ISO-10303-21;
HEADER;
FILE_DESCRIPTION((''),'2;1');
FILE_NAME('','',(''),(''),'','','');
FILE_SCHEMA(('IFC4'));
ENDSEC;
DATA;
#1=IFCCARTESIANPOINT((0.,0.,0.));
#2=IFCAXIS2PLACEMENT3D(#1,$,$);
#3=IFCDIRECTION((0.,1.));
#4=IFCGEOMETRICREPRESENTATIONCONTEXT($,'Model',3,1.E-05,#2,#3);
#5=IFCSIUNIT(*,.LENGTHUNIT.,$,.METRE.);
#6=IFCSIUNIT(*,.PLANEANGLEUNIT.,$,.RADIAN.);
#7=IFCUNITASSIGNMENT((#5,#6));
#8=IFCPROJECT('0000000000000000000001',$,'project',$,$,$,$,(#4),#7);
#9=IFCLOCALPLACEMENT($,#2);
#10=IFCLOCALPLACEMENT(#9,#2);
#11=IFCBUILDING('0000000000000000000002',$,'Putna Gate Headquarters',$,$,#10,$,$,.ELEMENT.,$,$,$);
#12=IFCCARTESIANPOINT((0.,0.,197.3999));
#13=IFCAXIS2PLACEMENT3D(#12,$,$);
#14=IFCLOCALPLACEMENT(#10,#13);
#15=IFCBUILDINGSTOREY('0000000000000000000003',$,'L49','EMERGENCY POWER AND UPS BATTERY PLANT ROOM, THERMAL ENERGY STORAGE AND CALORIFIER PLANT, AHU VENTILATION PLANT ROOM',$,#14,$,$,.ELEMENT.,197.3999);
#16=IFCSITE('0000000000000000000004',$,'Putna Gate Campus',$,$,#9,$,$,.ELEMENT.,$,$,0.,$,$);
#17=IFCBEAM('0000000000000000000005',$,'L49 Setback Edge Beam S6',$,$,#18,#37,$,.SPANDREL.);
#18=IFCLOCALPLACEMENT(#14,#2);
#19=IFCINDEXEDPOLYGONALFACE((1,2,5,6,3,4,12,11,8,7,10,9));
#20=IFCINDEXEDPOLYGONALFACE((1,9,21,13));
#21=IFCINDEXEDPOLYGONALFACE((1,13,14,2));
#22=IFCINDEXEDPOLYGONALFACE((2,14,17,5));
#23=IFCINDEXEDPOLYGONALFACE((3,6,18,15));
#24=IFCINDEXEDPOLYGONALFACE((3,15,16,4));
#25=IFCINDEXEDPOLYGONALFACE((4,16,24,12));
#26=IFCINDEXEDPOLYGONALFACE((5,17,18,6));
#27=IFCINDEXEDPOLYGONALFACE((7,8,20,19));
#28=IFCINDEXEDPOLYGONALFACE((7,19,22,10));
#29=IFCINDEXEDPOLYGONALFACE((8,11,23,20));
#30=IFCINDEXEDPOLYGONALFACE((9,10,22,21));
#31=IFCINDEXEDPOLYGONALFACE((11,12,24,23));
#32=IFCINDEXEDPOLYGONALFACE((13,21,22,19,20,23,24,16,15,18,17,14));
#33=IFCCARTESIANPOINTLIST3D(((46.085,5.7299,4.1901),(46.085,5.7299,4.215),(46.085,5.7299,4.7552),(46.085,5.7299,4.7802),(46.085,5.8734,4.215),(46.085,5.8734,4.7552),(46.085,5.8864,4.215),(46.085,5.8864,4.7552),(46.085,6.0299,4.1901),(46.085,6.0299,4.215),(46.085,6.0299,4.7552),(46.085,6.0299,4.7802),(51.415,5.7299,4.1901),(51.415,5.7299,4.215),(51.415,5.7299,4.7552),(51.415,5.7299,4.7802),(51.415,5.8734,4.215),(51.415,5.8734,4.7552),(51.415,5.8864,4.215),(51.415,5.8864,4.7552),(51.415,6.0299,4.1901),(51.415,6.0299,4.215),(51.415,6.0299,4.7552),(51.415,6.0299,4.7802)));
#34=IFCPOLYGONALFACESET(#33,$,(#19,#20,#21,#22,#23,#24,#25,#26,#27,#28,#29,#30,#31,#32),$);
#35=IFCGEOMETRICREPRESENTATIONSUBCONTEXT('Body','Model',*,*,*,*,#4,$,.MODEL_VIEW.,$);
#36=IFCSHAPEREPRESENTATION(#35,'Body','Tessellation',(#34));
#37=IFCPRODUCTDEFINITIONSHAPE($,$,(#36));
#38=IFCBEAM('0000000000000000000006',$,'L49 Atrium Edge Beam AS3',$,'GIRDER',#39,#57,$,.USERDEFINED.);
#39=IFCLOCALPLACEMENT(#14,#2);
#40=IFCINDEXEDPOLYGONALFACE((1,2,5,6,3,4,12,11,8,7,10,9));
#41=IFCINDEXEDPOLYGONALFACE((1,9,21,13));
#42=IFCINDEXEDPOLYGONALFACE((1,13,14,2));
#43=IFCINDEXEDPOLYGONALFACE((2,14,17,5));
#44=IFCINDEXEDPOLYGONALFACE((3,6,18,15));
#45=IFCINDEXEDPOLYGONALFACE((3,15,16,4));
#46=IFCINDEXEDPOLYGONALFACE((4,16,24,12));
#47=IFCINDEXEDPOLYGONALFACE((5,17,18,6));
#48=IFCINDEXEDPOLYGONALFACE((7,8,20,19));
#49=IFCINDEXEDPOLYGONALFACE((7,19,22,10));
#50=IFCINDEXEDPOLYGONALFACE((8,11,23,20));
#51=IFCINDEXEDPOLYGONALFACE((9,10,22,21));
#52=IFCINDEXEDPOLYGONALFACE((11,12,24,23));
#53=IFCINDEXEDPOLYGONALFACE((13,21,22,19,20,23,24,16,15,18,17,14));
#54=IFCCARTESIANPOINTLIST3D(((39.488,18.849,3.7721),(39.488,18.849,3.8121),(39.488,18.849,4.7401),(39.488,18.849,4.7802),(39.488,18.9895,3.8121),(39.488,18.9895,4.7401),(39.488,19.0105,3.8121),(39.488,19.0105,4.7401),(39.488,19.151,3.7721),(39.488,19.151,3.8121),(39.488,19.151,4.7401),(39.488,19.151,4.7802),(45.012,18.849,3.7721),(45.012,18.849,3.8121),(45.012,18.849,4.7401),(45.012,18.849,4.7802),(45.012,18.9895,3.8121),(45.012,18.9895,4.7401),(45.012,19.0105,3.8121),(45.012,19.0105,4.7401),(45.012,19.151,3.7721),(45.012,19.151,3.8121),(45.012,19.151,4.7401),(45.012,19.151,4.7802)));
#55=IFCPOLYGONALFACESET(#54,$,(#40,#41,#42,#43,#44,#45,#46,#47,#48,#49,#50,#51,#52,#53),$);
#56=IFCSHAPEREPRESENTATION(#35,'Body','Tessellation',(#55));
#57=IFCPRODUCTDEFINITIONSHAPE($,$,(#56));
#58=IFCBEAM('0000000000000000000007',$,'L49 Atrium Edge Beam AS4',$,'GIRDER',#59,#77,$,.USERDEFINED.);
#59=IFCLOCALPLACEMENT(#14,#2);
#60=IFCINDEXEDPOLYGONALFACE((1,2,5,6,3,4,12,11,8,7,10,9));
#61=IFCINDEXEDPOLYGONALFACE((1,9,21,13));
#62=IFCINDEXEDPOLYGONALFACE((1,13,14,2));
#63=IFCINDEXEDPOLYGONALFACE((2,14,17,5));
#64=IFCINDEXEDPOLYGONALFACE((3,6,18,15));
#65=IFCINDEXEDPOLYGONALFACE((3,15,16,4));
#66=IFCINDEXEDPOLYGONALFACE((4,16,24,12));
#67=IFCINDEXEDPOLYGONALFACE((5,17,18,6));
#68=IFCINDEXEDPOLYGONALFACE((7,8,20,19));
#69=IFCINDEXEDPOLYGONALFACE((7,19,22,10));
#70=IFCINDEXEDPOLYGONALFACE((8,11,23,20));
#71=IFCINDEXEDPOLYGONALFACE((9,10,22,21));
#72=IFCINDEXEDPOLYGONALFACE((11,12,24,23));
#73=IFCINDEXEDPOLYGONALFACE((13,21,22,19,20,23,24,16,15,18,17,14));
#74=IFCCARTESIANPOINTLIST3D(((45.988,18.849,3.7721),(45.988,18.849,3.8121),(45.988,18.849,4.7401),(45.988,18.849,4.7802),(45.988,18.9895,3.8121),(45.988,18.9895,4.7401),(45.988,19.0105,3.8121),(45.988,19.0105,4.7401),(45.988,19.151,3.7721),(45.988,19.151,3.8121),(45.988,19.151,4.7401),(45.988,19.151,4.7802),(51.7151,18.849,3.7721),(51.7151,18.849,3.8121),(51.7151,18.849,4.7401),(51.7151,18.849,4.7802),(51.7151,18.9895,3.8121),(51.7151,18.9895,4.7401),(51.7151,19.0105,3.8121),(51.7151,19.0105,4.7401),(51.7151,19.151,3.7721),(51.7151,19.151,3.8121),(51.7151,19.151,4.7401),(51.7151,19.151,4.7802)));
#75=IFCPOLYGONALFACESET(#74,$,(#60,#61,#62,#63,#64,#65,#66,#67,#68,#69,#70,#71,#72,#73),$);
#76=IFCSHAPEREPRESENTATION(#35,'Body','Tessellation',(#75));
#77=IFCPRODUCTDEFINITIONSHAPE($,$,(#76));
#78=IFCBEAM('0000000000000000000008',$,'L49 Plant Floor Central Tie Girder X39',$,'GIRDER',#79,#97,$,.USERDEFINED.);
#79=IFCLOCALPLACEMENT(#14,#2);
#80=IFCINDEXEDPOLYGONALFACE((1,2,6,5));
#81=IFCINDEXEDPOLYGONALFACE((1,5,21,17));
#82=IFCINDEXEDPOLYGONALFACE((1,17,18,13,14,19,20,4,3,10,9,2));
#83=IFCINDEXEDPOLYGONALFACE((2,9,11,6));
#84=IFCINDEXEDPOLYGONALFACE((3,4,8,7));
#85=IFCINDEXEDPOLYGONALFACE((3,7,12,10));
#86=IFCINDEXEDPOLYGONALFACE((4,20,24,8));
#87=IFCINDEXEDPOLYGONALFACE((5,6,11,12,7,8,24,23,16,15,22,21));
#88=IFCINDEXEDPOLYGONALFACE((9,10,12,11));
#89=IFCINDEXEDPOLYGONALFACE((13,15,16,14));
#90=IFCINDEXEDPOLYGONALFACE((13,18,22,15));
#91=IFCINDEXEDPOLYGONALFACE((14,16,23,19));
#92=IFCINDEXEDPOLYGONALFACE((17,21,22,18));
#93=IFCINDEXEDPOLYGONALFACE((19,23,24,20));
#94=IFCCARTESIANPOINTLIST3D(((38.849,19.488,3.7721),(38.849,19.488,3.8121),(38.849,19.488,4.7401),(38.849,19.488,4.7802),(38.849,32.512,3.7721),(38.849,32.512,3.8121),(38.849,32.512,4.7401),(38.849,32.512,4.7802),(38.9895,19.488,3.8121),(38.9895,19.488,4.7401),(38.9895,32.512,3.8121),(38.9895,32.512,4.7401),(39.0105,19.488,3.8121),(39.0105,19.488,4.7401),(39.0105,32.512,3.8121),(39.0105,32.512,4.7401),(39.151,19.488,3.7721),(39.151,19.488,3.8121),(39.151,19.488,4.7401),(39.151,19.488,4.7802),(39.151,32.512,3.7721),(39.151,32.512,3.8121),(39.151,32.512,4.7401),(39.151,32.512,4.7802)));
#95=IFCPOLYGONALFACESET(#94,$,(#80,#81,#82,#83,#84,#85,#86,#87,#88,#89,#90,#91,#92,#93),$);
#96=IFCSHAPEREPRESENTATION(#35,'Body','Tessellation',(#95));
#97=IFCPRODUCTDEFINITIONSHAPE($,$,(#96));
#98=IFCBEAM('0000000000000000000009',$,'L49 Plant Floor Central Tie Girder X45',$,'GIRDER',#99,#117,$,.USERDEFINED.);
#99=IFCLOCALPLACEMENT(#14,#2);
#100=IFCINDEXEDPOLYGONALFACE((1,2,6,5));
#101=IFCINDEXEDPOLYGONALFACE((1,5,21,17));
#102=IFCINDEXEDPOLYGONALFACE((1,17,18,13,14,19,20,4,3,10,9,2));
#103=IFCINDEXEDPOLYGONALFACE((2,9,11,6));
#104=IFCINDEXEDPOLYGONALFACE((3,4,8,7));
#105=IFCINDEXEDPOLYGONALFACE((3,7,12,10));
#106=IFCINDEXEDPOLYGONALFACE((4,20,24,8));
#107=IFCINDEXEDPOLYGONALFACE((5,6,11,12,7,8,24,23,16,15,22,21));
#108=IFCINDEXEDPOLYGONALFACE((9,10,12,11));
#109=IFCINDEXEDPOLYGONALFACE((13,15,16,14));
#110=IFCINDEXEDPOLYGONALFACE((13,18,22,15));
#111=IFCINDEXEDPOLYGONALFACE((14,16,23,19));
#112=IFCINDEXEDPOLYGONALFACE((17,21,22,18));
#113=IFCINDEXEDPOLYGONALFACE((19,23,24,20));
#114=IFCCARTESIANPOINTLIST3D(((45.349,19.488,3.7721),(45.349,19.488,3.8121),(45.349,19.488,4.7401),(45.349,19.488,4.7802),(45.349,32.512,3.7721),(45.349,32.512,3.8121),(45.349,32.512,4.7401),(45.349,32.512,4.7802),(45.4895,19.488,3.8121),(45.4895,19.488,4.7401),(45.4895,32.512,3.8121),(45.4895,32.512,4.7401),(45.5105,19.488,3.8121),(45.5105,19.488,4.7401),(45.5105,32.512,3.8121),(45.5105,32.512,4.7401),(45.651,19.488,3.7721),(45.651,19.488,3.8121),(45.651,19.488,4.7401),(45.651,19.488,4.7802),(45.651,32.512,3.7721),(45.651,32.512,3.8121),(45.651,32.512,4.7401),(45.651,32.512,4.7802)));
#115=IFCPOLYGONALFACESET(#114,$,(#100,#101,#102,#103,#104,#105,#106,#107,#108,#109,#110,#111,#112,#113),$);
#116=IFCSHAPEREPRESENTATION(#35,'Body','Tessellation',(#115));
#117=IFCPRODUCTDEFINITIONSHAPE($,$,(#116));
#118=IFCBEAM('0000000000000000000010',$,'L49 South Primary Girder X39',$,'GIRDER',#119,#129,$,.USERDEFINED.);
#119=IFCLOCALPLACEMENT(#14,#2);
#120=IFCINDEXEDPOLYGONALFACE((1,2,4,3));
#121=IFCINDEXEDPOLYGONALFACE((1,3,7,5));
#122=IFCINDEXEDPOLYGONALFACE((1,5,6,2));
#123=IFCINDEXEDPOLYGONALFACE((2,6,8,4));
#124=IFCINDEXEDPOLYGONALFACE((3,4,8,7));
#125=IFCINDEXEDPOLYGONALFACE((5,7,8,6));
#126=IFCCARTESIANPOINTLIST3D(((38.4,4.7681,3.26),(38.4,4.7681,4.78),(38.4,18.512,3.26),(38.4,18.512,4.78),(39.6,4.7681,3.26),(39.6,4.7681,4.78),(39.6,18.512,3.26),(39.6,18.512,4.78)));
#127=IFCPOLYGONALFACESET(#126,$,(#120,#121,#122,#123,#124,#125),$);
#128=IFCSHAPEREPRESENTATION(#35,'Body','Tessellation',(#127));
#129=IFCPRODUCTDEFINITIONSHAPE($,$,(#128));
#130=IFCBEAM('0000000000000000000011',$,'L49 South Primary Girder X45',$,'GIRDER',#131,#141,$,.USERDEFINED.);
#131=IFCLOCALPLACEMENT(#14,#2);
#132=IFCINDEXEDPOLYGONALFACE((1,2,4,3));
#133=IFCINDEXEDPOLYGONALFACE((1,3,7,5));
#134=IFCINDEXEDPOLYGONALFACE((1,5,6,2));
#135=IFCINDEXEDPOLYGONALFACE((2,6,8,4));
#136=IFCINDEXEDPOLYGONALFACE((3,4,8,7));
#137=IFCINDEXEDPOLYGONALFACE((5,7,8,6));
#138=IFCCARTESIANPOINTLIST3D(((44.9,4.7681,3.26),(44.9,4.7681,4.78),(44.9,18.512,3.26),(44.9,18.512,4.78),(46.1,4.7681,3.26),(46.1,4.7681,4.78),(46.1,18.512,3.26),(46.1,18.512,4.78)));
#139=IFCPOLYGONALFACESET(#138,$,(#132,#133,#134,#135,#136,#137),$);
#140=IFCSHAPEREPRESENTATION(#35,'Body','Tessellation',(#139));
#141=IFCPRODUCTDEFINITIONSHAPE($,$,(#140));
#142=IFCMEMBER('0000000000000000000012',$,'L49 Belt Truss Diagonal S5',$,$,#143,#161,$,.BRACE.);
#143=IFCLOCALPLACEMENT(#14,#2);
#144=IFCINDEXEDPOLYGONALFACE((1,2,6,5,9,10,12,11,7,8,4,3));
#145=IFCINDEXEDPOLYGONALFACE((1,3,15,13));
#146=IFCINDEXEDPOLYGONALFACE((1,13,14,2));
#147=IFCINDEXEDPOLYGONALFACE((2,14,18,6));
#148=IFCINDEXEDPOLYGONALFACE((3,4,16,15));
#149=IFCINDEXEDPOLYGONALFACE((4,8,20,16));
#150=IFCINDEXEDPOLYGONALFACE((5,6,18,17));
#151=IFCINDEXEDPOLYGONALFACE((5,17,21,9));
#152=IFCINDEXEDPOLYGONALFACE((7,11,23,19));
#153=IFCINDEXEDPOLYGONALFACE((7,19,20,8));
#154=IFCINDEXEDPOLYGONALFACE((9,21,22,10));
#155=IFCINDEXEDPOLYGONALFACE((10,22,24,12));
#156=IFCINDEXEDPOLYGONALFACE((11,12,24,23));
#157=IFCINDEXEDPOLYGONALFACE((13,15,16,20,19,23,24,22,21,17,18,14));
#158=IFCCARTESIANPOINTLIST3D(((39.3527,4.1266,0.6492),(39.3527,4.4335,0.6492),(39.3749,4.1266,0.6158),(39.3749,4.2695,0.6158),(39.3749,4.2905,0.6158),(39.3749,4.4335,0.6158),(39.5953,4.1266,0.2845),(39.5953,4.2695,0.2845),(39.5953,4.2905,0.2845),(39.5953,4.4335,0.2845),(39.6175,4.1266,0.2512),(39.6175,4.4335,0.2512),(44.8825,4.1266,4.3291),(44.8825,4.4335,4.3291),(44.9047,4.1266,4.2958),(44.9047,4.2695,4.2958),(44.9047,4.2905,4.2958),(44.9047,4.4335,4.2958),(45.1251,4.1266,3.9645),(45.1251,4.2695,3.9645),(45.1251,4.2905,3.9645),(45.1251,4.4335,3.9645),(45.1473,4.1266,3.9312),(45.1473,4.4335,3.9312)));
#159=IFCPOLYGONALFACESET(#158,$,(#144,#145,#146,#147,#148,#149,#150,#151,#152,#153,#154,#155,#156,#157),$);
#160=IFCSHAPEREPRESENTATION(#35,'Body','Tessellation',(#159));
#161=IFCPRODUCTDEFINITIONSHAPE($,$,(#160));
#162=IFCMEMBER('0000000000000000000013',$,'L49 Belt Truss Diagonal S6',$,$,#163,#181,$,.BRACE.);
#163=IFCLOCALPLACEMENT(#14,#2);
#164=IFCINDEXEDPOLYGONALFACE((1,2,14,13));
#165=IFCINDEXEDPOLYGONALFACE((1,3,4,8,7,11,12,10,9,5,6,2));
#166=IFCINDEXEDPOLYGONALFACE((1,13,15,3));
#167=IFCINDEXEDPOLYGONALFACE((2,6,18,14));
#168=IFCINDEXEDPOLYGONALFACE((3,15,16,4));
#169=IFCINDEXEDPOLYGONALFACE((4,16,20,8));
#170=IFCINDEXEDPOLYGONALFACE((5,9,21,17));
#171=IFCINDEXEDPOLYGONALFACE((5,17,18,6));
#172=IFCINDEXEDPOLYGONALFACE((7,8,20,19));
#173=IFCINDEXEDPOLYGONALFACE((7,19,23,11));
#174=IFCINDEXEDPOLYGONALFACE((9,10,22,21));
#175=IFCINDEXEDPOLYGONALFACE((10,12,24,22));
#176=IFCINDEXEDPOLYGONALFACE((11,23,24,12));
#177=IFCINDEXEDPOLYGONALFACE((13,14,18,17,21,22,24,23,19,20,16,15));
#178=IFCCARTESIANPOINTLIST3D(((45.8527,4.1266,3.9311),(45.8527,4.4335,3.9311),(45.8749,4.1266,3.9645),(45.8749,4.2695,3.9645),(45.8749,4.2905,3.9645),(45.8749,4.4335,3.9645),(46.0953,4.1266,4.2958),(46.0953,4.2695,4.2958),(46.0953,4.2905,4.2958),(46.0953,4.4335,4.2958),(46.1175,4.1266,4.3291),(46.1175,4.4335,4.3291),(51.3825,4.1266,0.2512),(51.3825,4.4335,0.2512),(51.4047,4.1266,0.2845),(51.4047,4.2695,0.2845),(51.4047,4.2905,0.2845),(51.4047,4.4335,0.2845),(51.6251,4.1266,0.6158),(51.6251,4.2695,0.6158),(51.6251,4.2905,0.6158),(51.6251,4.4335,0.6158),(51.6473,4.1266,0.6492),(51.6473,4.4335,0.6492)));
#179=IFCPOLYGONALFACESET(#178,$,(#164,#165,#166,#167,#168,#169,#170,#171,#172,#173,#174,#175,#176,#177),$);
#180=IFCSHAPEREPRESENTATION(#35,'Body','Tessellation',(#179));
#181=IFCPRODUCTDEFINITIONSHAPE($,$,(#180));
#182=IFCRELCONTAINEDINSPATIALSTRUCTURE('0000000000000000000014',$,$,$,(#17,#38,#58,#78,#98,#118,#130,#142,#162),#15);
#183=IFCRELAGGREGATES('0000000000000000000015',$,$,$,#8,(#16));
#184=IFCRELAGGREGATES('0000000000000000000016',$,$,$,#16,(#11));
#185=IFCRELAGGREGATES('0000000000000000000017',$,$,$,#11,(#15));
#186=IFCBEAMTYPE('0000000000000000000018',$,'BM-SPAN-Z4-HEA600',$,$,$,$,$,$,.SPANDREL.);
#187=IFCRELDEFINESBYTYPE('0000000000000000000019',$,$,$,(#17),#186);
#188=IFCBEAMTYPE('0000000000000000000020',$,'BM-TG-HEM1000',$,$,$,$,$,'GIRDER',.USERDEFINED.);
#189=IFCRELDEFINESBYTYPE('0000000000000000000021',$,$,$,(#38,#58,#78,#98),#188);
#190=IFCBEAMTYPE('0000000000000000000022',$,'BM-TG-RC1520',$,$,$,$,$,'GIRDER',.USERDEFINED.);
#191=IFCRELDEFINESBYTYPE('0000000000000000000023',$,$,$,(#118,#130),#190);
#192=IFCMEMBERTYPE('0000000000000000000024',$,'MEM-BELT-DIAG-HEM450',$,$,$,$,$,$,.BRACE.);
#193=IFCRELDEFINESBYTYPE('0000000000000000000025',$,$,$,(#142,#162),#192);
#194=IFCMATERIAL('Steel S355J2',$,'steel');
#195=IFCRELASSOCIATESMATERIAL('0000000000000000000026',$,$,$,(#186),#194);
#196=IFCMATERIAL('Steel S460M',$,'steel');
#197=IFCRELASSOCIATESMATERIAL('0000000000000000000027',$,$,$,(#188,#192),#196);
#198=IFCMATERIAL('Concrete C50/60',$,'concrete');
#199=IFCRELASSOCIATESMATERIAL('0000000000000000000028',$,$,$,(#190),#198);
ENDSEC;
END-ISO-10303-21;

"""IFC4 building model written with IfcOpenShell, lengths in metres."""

from ifc_helpers import new_model, si_unit, direction, frame, origin, origin_2d, place, context, subcontext, project, spatial, rectangle, i_section, extrude, material, material_profile, profile_set, type_object, element, save


model = new_model("IFC4")

# Units and contexts
model_context = context("Model", 3, precision=1e-05, world=origin(), true_north=direction((0.0, 1.0)))
body_context = subcontext(model_context, "Body", "Model", "MODEL_VIEW")
ifc_project = project(units=[si_unit("LENGTHUNIT", "METRE"), si_unit("PLANEANGLEUNIT", "RADIAN")], contexts=[model_context])

# Site, building, storey
site_placement = place(None, origin())
site = spatial("IfcSite", under=ifc_project, at=site_placement, Name="Putna Gate Campus", CompositionType="ELEMENT", RefElevation=0.0)
building_placement = place(site_placement, origin())
building = spatial("IfcBuilding", under=site, at=building_placement, Name="Putna Gate Headquarters", CompositionType="ELEMENT")
storey_placement = place(building_placement, frame((0.0, 0.0, 197.3999)))
storey = spatial("IfcBuildingStorey", under=building, at=storey_placement, Name="L49", Description="EMERGENCY POWER AND UPS BATTERY PLANT ROOM, THERMAL ENERGY STORAGE AND CALORIFIER PLANT, AHU VENTILATION PLANT ROOM", CompositionType="ELEMENT", Elevation=197.3999)

# Shared definitions
ifc_material_1 = material(Name="Concrete C50/60", Category="concrete")

# Beams
ifc_material_2 = material(Name="Steel S355J2", Category="steel")
ifc_material_profile_1 = material_profile(ifc_material_2, i_section(OverallWidth=0.3, OverallDepth=0.5901, WebThickness=0.0129, FlangeThickness=0.0249, at=origin_2d()), Name="Steel S355J2")
ifc_profile_set_1 = profile_set([ifc_material_profile_1], Name="Steel S355J2")
beam_type_1 = type_object("IfcBeamType", Name="BM-SPAN-Z4-HEA600", PredefinedType="SPANDREL", material=ifc_profile_set_1)
for number, where, z_axis, x_axis, name in (
    (1, (46.085, 5.8799, 4.4851), (1.0, 0.0, 0.0), (0.0, 1.0, 0.0), "L49 Setback Edge Beam S6"),
):
    element("IfcBeam", number, at=place(storey_placement, frame(where, z_axis=z_axis, x_axis=x_axis)), inside=storey, type_object=beam_type_1, Name=name, PredefinedType="SPANDREL", context=body_context, shape_type="SweptSolid", body=[
        extrude(i_section(OverallWidth=0.3, OverallDepth=0.5901, WebThickness=0.0129, FlangeThickness=0.0249, at=origin_2d()), origin(), (0.0, 0.0, 1.0), 5.3301),
    ])
ifc_material_3 = material(Name="Steel S460M", Category="steel")
ifc_material_profile_2 = material_profile(ifc_material_3, i_section(OverallWidth=0.302, OverallDepth=1.0081, WebThickness=0.021, FlangeThickness=0.04, at=origin_2d()), Name="Steel S460M")
ifc_profile_set_2 = profile_set([ifc_material_profile_2], Name="Steel S460M")
beam_type_2 = type_object("IfcBeamType", Name="BM-TG-HEM1000", ElementType="GIRDER", PredefinedType="USERDEFINED", material=ifc_profile_set_2)
beam_1_placement = place(storey_placement, frame((39.488, 19.0, 4.2761), z_axis=(1.0, 0.0, 0.0), x_axis=(0.0, 1.0, 0.0)))
element("IfcBeam", 2, at=beam_1_placement, inside=storey, type_object=beam_type_2, Name="L49 Atrium Edge Beam AS3", ObjectType="GIRDER", PredefinedType="USERDEFINED", context=body_context, shape_type="SweptSolid", body=[
    extrude(i_section(OverallWidth=0.302, OverallDepth=1.0081, WebThickness=0.021, FlangeThickness=0.04, at=origin_2d()), origin(), (0.0, 0.0, 1.0), 5.5239),
])
beam_2_placement = place(storey_placement, frame((45.988, 19.0, 4.2761), z_axis=(1.0, 0.0, 0.0), x_axis=(0.0, 1.0, 0.0)))
element("IfcBeam", 3, at=beam_2_placement, inside=storey, type_object=beam_type_2, Name="L49 Atrium Edge Beam AS4", ObjectType="GIRDER", PredefinedType="USERDEFINED", context=body_context, shape_type="SweptSolid", body=[
    extrude(i_section(OverallWidth=0.302, OverallDepth=1.0081, WebThickness=0.021, FlangeThickness=0.04, at=origin_2d()), origin(), (0.0, 0.0, 1.0), 5.7271),
])
for number, where, z_axis, x_axis, name in (
    (4, (39.0, 19.488, 4.2761), (0.0, 1.0, 0.0), (-1.0, 0.0, 0.0), "L49 Plant Floor Central Tie Girder X39"),
    (5, (45.5, 19.488, 4.2761), (0.0, 1.0, 0.0), (-1.0, 0.0, 0.0), "L49 Plant Floor Central Tie Girder X45"),
):
    element("IfcBeam", number, at=place(storey_placement, frame(where, z_axis=z_axis, x_axis=x_axis)), inside=storey, type_object=beam_type_2, Name=name, ObjectType="GIRDER", PredefinedType="USERDEFINED", context=body_context, shape_type="SweptSolid", body=[
        extrude(i_section(OverallWidth=0.302, OverallDepth=1.0081, WebThickness=0.021, FlangeThickness=0.04, at=origin_2d()), origin(), (0.0, 0.0, 1.0), 13.0239),
    ])
ifc_material_profile_3 = material_profile(ifc_material_1, rectangle(XDim=1.2, YDim=1.52, at=origin_2d()), Name="Concrete C50/60")
ifc_profile_set_3 = profile_set([ifc_material_profile_3], Name="Concrete C50/60")
beam_type_3 = type_object("IfcBeamType", Name="BM-TG-RC1520", ElementType="GIRDER", PredefinedType="USERDEFINED", material=ifc_profile_set_3)
for number, where, z_axis, x_axis, name in (
    (6, (39.0, 4.7681, 4.02), (0.0, 1.0, 0.0), (-1.0, 0.0, 0.0), "L49 South Primary Girder X39"),
    (7, (45.5, 4.7681, 4.02), (0.0, 1.0, 0.0), (-1.0, 0.0, 0.0), "L49 South Primary Girder X45"),
):
    element("IfcBeam", number, at=place(storey_placement, frame(where, z_axis=z_axis, x_axis=x_axis)), inside=storey, type_object=beam_type_3, Name=name, ObjectType="GIRDER", PredefinedType="USERDEFINED", context=body_context, shape_type="SweptSolid", body=[
        extrude(rectangle(XDim=1.2, YDim=1.52, at=origin_2d()), origin(), (0.0, 0.0, 1.0), 13.7439),
    ])

# Members
ifc_material_profile_4 = material_profile(ifc_material_3, i_section(OverallWidth=0.3069, OverallDepth=0.478, WebThickness=0.021, FlangeThickness=0.04, at=origin_2d()), Name="Steel S460M")
ifc_profile_set_4 = profile_set([ifc_material_profile_4], Name="Steel S460M")
member_type_1 = type_object("IfcMemberType", Name="MEM-BELT-DIAG-HEM450", PredefinedType="BRACE", material=ifc_profile_set_4)
for number, where, z_axis, x_axis, name in (
    (8, (39.4851, 4.28, 0.4502), (0.832508, 0.0, 0.554013), (0.0, 1.0, 0.0), "L49 Belt Truss Diagonal S5"),
    (9, (45.9851, 4.28, 4.1301), (0.832508, 0.0, -0.554013), (0.0, 1.0, 0.0), "L49 Belt Truss Diagonal S6"),
):
    element("IfcMember", number, at=place(storey_placement, frame(where, z_axis=z_axis, x_axis=x_axis)), inside=storey, type_object=member_type_1, Name=name, PredefinedType="BRACE", context=body_context, shape_type="SweptSolid", body=[
        extrude(i_section(OverallWidth=0.3069, OverallDepth=0.478, WebThickness=0.021, FlangeThickness=0.04, at=origin_2d()), origin(), (0.0, 0.0, 1.0), 6.6423),
    ])

save(model, "model.ifc")
